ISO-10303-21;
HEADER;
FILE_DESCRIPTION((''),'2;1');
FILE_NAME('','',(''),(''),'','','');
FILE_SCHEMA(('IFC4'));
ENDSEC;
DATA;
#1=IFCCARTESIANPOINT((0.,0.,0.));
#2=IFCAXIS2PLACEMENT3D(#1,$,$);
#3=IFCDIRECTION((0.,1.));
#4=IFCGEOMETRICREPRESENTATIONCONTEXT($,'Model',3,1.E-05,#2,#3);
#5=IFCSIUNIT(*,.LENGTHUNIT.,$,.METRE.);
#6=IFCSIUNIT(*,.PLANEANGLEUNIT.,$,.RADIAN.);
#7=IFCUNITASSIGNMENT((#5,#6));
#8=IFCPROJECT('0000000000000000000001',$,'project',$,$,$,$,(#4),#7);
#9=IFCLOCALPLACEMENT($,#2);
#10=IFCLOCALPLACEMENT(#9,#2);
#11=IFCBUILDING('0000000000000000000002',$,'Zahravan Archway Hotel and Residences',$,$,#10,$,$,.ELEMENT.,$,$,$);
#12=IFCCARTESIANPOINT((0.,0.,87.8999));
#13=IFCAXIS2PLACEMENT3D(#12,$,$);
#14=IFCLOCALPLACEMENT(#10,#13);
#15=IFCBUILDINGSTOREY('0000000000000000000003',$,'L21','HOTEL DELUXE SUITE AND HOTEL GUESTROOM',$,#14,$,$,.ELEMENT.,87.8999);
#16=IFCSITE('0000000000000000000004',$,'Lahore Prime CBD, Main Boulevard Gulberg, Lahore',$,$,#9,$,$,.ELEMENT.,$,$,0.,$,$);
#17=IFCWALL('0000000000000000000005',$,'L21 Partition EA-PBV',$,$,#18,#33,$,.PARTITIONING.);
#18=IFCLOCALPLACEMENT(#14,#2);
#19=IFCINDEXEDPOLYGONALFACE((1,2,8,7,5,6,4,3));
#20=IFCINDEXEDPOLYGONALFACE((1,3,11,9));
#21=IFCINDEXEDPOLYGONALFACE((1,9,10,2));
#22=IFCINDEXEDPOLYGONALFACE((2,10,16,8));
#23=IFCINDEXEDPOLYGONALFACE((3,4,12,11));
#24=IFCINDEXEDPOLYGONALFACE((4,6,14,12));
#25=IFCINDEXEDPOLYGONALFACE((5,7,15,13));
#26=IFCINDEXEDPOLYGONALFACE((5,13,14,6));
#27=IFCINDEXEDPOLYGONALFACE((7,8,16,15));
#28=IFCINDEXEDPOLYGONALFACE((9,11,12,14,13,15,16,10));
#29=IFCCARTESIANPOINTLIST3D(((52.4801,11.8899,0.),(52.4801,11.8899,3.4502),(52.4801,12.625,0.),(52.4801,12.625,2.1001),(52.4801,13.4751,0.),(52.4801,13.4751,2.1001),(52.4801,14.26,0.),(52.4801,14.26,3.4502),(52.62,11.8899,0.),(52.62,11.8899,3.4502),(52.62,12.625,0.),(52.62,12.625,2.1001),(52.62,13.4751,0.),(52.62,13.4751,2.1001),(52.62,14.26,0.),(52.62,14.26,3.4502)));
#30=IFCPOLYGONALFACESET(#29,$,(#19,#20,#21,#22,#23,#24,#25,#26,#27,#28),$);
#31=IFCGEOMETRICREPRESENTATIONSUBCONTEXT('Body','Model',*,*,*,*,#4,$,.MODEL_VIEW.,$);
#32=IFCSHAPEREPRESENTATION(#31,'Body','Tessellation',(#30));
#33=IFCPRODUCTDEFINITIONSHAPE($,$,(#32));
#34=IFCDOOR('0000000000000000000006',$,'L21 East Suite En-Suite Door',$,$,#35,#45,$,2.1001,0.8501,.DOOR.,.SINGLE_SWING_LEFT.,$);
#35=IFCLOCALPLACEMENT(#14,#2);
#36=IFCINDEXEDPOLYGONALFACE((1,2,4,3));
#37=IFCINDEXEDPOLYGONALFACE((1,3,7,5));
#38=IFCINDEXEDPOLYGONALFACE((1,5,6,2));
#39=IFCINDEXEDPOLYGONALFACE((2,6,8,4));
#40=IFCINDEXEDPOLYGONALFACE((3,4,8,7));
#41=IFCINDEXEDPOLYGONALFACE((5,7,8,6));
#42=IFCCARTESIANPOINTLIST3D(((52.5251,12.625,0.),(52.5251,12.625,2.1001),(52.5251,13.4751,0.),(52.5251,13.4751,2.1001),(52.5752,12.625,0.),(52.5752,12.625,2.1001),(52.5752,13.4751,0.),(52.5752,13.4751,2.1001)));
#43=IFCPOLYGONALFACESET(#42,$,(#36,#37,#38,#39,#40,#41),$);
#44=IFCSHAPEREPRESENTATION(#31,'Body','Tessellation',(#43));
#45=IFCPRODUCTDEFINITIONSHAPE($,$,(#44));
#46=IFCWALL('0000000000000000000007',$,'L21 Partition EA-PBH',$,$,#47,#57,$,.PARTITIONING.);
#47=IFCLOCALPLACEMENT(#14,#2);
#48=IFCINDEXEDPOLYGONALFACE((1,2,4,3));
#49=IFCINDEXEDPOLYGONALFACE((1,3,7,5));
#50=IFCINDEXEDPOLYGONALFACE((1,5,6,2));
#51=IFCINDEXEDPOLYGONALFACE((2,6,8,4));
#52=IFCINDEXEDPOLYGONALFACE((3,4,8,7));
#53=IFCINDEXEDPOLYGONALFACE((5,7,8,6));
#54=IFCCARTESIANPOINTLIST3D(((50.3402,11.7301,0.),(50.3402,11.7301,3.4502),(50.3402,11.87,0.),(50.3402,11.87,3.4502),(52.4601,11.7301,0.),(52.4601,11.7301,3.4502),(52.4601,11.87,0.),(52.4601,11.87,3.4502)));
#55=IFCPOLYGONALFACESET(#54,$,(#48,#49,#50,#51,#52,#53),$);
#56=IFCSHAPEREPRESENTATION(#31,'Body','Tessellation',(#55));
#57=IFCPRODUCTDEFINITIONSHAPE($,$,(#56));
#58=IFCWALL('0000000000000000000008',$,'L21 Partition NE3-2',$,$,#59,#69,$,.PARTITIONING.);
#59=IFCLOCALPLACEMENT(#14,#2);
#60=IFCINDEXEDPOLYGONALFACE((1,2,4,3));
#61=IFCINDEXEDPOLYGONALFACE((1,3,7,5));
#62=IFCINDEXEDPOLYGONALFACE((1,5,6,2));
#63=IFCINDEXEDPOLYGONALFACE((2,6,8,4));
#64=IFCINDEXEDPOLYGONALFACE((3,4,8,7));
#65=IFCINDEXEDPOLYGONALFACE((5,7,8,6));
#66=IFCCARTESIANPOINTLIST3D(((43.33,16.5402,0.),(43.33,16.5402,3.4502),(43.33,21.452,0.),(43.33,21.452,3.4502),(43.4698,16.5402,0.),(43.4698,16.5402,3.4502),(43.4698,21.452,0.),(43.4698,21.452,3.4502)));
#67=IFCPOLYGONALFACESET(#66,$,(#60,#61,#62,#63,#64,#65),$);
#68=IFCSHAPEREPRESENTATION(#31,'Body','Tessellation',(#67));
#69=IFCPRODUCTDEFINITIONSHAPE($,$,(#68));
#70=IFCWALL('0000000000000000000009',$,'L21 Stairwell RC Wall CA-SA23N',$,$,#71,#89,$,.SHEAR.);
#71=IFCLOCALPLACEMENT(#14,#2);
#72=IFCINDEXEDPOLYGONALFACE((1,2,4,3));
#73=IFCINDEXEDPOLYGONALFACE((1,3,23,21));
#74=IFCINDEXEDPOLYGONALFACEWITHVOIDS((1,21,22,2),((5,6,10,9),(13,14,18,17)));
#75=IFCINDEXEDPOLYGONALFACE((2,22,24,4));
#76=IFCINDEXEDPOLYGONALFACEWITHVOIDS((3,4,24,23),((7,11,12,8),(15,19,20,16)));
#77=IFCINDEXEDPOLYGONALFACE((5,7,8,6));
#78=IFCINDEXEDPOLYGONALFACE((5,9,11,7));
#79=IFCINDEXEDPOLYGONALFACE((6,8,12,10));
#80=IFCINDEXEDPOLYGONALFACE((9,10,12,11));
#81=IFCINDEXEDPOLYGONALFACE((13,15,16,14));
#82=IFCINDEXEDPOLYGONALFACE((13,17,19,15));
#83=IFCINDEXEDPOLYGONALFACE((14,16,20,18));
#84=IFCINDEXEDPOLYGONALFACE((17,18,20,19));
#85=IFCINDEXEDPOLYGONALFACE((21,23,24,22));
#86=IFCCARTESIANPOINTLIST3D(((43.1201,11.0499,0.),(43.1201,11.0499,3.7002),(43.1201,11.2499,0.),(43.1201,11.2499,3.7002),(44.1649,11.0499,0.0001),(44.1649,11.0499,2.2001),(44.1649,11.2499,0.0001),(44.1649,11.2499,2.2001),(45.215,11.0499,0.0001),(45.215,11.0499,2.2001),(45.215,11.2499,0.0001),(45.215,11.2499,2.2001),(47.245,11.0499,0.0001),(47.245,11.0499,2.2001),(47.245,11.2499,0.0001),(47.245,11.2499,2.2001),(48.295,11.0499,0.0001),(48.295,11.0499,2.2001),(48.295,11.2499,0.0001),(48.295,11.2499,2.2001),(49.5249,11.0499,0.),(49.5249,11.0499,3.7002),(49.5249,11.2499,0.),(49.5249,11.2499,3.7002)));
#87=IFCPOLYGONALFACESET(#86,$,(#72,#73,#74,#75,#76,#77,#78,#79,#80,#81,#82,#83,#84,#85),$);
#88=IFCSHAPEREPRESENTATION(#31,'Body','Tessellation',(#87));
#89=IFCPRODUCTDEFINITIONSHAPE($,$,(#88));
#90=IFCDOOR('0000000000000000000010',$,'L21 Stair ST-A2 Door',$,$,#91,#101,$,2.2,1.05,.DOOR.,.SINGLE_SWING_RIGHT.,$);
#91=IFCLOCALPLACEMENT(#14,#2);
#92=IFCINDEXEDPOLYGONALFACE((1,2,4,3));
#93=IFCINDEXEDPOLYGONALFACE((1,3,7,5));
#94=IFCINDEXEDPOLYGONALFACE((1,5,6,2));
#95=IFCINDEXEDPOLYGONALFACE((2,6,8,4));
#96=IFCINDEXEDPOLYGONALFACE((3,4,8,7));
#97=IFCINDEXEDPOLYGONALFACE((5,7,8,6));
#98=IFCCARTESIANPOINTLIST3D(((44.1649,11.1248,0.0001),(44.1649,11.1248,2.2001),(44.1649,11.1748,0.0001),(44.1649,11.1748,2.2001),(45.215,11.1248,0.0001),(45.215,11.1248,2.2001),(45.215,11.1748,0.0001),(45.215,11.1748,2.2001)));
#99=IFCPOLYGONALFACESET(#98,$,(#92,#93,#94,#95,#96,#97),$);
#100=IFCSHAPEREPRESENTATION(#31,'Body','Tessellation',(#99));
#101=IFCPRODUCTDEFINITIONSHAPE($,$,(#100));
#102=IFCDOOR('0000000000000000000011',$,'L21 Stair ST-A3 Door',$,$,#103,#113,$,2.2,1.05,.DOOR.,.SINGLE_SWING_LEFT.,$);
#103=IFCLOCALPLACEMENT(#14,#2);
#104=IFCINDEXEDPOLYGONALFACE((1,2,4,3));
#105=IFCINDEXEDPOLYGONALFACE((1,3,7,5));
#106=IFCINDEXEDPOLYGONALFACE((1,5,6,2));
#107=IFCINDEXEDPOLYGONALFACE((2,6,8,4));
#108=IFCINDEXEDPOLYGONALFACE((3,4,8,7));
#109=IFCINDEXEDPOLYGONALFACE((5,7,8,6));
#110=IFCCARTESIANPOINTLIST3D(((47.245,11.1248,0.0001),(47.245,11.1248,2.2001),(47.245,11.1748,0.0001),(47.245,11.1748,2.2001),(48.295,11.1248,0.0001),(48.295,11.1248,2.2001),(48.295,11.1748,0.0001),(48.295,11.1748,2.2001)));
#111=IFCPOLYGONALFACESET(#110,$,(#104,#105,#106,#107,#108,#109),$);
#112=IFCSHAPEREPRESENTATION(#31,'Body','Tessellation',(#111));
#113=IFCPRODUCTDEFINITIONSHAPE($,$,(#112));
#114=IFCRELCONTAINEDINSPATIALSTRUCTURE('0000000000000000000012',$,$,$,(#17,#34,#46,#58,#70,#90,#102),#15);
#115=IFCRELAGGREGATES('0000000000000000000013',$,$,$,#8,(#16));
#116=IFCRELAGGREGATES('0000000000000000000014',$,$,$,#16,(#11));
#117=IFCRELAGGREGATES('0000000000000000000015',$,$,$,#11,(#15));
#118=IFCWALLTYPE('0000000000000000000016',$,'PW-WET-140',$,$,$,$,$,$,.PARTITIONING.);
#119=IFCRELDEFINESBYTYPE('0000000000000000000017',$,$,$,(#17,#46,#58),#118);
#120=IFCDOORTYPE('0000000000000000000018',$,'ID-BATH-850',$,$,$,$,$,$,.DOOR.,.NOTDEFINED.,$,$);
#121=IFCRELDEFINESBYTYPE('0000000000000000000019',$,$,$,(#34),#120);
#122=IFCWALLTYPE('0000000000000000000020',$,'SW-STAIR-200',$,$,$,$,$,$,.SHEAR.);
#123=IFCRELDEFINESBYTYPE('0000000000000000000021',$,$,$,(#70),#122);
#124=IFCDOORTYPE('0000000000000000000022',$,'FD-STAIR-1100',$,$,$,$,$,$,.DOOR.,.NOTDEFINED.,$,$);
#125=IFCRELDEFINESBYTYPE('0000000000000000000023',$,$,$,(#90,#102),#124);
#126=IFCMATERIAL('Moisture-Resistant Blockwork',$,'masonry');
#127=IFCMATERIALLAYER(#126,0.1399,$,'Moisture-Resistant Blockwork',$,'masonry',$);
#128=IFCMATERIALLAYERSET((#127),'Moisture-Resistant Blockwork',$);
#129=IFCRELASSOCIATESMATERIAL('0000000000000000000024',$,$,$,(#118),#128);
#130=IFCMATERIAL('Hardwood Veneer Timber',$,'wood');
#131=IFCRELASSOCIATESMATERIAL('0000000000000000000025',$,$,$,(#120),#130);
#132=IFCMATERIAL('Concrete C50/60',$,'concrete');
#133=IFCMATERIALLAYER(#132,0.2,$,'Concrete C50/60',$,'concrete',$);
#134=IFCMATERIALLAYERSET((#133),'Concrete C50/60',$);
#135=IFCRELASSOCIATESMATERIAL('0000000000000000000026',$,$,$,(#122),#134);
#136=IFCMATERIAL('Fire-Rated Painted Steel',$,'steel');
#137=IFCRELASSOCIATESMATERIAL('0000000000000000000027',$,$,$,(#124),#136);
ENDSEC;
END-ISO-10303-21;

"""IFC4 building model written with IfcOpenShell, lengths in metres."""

from ifc_helpers import new_model, si_unit, direction, frame, frame_2d, origin, place, context, subcontext, project, spatial, rectangle, extrude, source, transform, mapped, material, layer, layer_set, type_object, type_shapes, element, fill, save


model = new_model("IFC4")

# Units and contexts
model_context = context("Model", 3, precision=1e-05, world=origin(), true_north=direction((0.0, 1.0)))
body_context = subcontext(model_context, "Body", "Model", "MODEL_VIEW")
ifc_project = project(units=[si_unit("LENGTHUNIT", "METRE"), si_unit("PLANEANGLEUNIT", "RADIAN")], contexts=[model_context])

# Site, building, storey
site_placement = place(None, origin())
site = spatial("IfcSite", under=ifc_project, at=site_placement, Name="Lahore Prime CBD, Main Boulevard Gulberg, Lahore", CompositionType="ELEMENT", RefElevation=0.0)
building_placement = place(site_placement, origin())
building = spatial("IfcBuilding", under=site, at=building_placement, Name="Zahravan Archway Hotel and Residences", CompositionType="ELEMENT")
storey_placement = place(building_placement, frame((0.0, 0.0, 87.8999)))
storey = spatial("IfcBuildingStorey", under=building, at=storey_placement, Name="L21", Description="HOTEL DELUXE SUITE AND HOTEL GUESTROOM", CompositionType="ELEMENT", Elevation=87.8999)

# Wall, opening, door
ifc_material_1 = material(Name="Fire-Rated Painted Steel", Category="steel")
ifc_material_2 = material(Name="Hardwood Veneer Timber", Category="wood")
ifc_material_3 = material(Name="Moisture-Resistant Blockwork", Category="masonry")
ifc_layer_1 = layer(ifc_material_3, 0.1399, Name="Moisture-Resistant Blockwork", Category="masonry")
ifc_layer_set_1 = layer_set([ifc_layer_1], Name="Moisture-Resistant Blockwork")
wall_type_1 = type_object("IfcWallType", Name="PW-WET-140", PredefinedType="PARTITIONING", material=ifc_layer_set_1)
wall_1_placement = place(storey_placement, frame((52.55, 11.8899, 0.0), z_axis=(0.0, 0.0, 1.0), x_axis=(0.0, 1.0, 0.0)))
wall_1 = element("IfcWall", 1, at=wall_1_placement, inside=storey, type_object=wall_type_1, Name="L21 Partition EA-PBV", PredefinedType="PARTITIONING", context=body_context, shape_type="SweptSolid", body=[
    extrude(rectangle(XDim=2.3701, YDim=0.1399, at=frame_2d((1.1851, 0.0))), origin(), (0.0, 0.0, 1.0), 3.4502),
])
opening_1_placement = place(wall_1_placement, frame((0.7351, 0.0, 0.0)))
opening_1 = element("IfcOpeningElement", 2, at=opening_1_placement, cuts=wall_1, PredefinedType="OPENING", context=body_context, shape_type="SweptSolid", body=[
    extrude(rectangle(XDim=0.8501, YDim=2.1001, at=frame_2d((0.425, 1.05))), frame((0.0, 0.0801, 0.0), z_axis=(0.0, -1.0, 0.0), x_axis=(1.0, 0.0, 0.0)), (0.0, 0.0, 1.0), 0.1599),
])
door_type_1 = type_object("IfcDoorType", Name="ID-BATH-850", OperationType="NOTDEFINED", PredefinedType="DOOR", material=ifc_material_2)
shared_shape_1 = source(origin(), body_context, "Body", "SweptSolid", [
    extrude(rectangle(XDim=0.8501, YDim=2.1001, at=frame_2d((0.425, 1.05))), frame((0.0, 0.0249, 0.0), z_axis=(0.0, -1.0, 0.0), x_axis=(1.0, 0.0, 0.0)), (0.0, 0.0, 1.0), 0.05),
])
type_shapes(door_type_1, [shared_shape_1])
door_1_placement = place(opening_1_placement, origin())
door_1 = element("IfcDoor", 3, at=door_1_placement, inside=storey, type_object=door_type_1, Name="L21 East Suite En-Suite Door", OperationType="SINGLE_SWING_LEFT", OverallHeight=2.1001, OverallWidth=0.8501, PredefinedType="DOOR", context=body_context, shape_type="MappedRepresentation", body=[
    mapped(shared_shape_1, transform((0.0, 0.0, 0.0), scale=1.0)),
])
fill(opening_1, door_1)

# Walls
wall_2_placement = place(storey_placement, frame((50.3401, 11.8, 0.0), z_axis=(0.0, 0.0, 1.0), x_axis=(1.0, 0.0, 0.0)))
element("IfcWall", 4, at=wall_2_placement, inside=storey, type_object=wall_type_1, Name="L21 Partition EA-PBH", PredefinedType="PARTITIONING", context=body_context, shape_type="SweptSolid", body=[
    extrude(rectangle(XDim=2.1199, YDim=0.1399, at=frame_2d((1.0601, 0.0))), origin(), (0.0, 0.0, 1.0), 3.4502),
])
wall_3_placement = place(storey_placement, frame((43.3999, 16.54, 0.0), z_axis=(0.0, 0.0, 1.0), x_axis=(0.0, 1.0, 0.0)))
element("IfcWall", 5, at=wall_3_placement, inside=storey, type_object=wall_type_1, Name="L21 Partition NE3-2", PredefinedType="PARTITIONING", context=body_context, shape_type="SweptSolid", body=[
    extrude(rectangle(XDim=4.9119, YDim=0.1399, at=frame_2d((2.4561, 0.0))), origin(), (0.0, 0.0, 1.0), 3.4502),
])

# Wall, openings, doors
ifc_material_4 = material(Name="Concrete C50/60", Category="concrete")
ifc_layer_2 = layer(ifc_material_4, 0.2, Name="Concrete C50/60", Category="concrete")
ifc_layer_set_2 = layer_set([ifc_layer_2], Name="Concrete C50/60")
wall_type_2 = type_object("IfcWallType", Name="SW-STAIR-200", PredefinedType="SHEAR", material=ifc_layer_set_2)
wall_4_placement = place(storey_placement, frame((43.1201, 11.1499, 0.0), z_axis=(0.0, 0.0, 1.0), x_axis=(1.0, 0.0, 0.0)))
wall_4 = element("IfcWall", 6, at=wall_4_placement, inside=storey, type_object=wall_type_2, Name="L21 Stairwell RC Wall CA-SA23N", PredefinedType="SHEAR", context=body_context, shape_type="SweptSolid", body=[
    extrude(rectangle(XDim=6.4048, YDim=0.2, at=frame_2d((3.2024, 0.0))), origin(), (0.0, 0.0, 1.0), 3.7002),
])
opening_2_placement = place(wall_4_placement, frame((1.0449, 0.0, 0.0)))
opening_2 = element("IfcOpeningElement", 7, at=opening_2_placement, cuts=wall_4, PredefinedType="OPENING", context=body_context, shape_type="SweptSolid", body=[
    extrude(rectangle(XDim=1.05, YDim=2.2, at=frame_2d((0.5249, 1.1001))), frame((0.0, 0.1099, 0.0), z_axis=(0.0, -1.0, 0.0), x_axis=(1.0, 0.0, 0.0)), (0.0, 0.0, 1.0), 0.22),
])
opening_3_placement = place(wall_4_placement, frame((4.125, 0.0, 0.0)))
opening_3 = element("IfcOpeningElement", 8, at=opening_3_placement, cuts=wall_4, PredefinedType="OPENING", context=body_context, shape_type="SweptSolid", body=[
    extrude(rectangle(XDim=1.05, YDim=2.2, at=frame_2d((0.5249, 1.1001))), frame((0.0, 0.1099, 0.0), z_axis=(0.0, -1.0, 0.0), x_axis=(1.0, 0.0, 0.0)), (0.0, 0.0, 1.0), 0.22),
])
door_type_2 = type_object("IfcDoorType", Name="FD-STAIR-1100", OperationType="NOTDEFINED", PredefinedType="DOOR", material=ifc_material_1)
shared_shape_2 = source(origin(), body_context, "Body", "SweptSolid", [
    extrude(rectangle(XDim=1.05, YDim=2.2, at=frame_2d((0.5249, 1.1001))), frame((0.0, 0.0249, 0.0), z_axis=(0.0, -1.0, 0.0), x_axis=(1.0, 0.0, 0.0)), (0.0, 0.0, 1.0), 0.05),
])
type_shapes(door_type_2, [shared_shape_2])
door_2_placement = place(opening_2_placement, origin())
door_2 = element("IfcDoor", 9, at=door_2_placement, inside=storey, type_object=door_type_2, Name="L21 Stair ST-A2 Door", OperationType="SINGLE_SWING_RIGHT", OverallHeight=2.2, OverallWidth=1.05, PredefinedType="DOOR", context=body_context, shape_type="MappedRepresentation", body=[
    mapped(shared_shape_2, transform((0.0, 0.0, 0.0), scale=1.0)),
])
fill(opening_2, door_2)
door_3_placement = place(opening_3_placement, origin())
door_3 = element("IfcDoor", 10, at=door_3_placement, inside=storey, type_object=door_type_2, Name="L21 Stair ST-A3 Door", OperationType="SINGLE_SWING_LEFT", OverallHeight=2.2, OverallWidth=1.05, PredefinedType="DOOR", context=body_context, shape_type="MappedRepresentation", body=[
    mapped(shared_shape_2, transform((0.0, 0.0, 0.0), scale=1.0)),
])
fill(opening_3, door_3)

save(model, "model.ifc")
